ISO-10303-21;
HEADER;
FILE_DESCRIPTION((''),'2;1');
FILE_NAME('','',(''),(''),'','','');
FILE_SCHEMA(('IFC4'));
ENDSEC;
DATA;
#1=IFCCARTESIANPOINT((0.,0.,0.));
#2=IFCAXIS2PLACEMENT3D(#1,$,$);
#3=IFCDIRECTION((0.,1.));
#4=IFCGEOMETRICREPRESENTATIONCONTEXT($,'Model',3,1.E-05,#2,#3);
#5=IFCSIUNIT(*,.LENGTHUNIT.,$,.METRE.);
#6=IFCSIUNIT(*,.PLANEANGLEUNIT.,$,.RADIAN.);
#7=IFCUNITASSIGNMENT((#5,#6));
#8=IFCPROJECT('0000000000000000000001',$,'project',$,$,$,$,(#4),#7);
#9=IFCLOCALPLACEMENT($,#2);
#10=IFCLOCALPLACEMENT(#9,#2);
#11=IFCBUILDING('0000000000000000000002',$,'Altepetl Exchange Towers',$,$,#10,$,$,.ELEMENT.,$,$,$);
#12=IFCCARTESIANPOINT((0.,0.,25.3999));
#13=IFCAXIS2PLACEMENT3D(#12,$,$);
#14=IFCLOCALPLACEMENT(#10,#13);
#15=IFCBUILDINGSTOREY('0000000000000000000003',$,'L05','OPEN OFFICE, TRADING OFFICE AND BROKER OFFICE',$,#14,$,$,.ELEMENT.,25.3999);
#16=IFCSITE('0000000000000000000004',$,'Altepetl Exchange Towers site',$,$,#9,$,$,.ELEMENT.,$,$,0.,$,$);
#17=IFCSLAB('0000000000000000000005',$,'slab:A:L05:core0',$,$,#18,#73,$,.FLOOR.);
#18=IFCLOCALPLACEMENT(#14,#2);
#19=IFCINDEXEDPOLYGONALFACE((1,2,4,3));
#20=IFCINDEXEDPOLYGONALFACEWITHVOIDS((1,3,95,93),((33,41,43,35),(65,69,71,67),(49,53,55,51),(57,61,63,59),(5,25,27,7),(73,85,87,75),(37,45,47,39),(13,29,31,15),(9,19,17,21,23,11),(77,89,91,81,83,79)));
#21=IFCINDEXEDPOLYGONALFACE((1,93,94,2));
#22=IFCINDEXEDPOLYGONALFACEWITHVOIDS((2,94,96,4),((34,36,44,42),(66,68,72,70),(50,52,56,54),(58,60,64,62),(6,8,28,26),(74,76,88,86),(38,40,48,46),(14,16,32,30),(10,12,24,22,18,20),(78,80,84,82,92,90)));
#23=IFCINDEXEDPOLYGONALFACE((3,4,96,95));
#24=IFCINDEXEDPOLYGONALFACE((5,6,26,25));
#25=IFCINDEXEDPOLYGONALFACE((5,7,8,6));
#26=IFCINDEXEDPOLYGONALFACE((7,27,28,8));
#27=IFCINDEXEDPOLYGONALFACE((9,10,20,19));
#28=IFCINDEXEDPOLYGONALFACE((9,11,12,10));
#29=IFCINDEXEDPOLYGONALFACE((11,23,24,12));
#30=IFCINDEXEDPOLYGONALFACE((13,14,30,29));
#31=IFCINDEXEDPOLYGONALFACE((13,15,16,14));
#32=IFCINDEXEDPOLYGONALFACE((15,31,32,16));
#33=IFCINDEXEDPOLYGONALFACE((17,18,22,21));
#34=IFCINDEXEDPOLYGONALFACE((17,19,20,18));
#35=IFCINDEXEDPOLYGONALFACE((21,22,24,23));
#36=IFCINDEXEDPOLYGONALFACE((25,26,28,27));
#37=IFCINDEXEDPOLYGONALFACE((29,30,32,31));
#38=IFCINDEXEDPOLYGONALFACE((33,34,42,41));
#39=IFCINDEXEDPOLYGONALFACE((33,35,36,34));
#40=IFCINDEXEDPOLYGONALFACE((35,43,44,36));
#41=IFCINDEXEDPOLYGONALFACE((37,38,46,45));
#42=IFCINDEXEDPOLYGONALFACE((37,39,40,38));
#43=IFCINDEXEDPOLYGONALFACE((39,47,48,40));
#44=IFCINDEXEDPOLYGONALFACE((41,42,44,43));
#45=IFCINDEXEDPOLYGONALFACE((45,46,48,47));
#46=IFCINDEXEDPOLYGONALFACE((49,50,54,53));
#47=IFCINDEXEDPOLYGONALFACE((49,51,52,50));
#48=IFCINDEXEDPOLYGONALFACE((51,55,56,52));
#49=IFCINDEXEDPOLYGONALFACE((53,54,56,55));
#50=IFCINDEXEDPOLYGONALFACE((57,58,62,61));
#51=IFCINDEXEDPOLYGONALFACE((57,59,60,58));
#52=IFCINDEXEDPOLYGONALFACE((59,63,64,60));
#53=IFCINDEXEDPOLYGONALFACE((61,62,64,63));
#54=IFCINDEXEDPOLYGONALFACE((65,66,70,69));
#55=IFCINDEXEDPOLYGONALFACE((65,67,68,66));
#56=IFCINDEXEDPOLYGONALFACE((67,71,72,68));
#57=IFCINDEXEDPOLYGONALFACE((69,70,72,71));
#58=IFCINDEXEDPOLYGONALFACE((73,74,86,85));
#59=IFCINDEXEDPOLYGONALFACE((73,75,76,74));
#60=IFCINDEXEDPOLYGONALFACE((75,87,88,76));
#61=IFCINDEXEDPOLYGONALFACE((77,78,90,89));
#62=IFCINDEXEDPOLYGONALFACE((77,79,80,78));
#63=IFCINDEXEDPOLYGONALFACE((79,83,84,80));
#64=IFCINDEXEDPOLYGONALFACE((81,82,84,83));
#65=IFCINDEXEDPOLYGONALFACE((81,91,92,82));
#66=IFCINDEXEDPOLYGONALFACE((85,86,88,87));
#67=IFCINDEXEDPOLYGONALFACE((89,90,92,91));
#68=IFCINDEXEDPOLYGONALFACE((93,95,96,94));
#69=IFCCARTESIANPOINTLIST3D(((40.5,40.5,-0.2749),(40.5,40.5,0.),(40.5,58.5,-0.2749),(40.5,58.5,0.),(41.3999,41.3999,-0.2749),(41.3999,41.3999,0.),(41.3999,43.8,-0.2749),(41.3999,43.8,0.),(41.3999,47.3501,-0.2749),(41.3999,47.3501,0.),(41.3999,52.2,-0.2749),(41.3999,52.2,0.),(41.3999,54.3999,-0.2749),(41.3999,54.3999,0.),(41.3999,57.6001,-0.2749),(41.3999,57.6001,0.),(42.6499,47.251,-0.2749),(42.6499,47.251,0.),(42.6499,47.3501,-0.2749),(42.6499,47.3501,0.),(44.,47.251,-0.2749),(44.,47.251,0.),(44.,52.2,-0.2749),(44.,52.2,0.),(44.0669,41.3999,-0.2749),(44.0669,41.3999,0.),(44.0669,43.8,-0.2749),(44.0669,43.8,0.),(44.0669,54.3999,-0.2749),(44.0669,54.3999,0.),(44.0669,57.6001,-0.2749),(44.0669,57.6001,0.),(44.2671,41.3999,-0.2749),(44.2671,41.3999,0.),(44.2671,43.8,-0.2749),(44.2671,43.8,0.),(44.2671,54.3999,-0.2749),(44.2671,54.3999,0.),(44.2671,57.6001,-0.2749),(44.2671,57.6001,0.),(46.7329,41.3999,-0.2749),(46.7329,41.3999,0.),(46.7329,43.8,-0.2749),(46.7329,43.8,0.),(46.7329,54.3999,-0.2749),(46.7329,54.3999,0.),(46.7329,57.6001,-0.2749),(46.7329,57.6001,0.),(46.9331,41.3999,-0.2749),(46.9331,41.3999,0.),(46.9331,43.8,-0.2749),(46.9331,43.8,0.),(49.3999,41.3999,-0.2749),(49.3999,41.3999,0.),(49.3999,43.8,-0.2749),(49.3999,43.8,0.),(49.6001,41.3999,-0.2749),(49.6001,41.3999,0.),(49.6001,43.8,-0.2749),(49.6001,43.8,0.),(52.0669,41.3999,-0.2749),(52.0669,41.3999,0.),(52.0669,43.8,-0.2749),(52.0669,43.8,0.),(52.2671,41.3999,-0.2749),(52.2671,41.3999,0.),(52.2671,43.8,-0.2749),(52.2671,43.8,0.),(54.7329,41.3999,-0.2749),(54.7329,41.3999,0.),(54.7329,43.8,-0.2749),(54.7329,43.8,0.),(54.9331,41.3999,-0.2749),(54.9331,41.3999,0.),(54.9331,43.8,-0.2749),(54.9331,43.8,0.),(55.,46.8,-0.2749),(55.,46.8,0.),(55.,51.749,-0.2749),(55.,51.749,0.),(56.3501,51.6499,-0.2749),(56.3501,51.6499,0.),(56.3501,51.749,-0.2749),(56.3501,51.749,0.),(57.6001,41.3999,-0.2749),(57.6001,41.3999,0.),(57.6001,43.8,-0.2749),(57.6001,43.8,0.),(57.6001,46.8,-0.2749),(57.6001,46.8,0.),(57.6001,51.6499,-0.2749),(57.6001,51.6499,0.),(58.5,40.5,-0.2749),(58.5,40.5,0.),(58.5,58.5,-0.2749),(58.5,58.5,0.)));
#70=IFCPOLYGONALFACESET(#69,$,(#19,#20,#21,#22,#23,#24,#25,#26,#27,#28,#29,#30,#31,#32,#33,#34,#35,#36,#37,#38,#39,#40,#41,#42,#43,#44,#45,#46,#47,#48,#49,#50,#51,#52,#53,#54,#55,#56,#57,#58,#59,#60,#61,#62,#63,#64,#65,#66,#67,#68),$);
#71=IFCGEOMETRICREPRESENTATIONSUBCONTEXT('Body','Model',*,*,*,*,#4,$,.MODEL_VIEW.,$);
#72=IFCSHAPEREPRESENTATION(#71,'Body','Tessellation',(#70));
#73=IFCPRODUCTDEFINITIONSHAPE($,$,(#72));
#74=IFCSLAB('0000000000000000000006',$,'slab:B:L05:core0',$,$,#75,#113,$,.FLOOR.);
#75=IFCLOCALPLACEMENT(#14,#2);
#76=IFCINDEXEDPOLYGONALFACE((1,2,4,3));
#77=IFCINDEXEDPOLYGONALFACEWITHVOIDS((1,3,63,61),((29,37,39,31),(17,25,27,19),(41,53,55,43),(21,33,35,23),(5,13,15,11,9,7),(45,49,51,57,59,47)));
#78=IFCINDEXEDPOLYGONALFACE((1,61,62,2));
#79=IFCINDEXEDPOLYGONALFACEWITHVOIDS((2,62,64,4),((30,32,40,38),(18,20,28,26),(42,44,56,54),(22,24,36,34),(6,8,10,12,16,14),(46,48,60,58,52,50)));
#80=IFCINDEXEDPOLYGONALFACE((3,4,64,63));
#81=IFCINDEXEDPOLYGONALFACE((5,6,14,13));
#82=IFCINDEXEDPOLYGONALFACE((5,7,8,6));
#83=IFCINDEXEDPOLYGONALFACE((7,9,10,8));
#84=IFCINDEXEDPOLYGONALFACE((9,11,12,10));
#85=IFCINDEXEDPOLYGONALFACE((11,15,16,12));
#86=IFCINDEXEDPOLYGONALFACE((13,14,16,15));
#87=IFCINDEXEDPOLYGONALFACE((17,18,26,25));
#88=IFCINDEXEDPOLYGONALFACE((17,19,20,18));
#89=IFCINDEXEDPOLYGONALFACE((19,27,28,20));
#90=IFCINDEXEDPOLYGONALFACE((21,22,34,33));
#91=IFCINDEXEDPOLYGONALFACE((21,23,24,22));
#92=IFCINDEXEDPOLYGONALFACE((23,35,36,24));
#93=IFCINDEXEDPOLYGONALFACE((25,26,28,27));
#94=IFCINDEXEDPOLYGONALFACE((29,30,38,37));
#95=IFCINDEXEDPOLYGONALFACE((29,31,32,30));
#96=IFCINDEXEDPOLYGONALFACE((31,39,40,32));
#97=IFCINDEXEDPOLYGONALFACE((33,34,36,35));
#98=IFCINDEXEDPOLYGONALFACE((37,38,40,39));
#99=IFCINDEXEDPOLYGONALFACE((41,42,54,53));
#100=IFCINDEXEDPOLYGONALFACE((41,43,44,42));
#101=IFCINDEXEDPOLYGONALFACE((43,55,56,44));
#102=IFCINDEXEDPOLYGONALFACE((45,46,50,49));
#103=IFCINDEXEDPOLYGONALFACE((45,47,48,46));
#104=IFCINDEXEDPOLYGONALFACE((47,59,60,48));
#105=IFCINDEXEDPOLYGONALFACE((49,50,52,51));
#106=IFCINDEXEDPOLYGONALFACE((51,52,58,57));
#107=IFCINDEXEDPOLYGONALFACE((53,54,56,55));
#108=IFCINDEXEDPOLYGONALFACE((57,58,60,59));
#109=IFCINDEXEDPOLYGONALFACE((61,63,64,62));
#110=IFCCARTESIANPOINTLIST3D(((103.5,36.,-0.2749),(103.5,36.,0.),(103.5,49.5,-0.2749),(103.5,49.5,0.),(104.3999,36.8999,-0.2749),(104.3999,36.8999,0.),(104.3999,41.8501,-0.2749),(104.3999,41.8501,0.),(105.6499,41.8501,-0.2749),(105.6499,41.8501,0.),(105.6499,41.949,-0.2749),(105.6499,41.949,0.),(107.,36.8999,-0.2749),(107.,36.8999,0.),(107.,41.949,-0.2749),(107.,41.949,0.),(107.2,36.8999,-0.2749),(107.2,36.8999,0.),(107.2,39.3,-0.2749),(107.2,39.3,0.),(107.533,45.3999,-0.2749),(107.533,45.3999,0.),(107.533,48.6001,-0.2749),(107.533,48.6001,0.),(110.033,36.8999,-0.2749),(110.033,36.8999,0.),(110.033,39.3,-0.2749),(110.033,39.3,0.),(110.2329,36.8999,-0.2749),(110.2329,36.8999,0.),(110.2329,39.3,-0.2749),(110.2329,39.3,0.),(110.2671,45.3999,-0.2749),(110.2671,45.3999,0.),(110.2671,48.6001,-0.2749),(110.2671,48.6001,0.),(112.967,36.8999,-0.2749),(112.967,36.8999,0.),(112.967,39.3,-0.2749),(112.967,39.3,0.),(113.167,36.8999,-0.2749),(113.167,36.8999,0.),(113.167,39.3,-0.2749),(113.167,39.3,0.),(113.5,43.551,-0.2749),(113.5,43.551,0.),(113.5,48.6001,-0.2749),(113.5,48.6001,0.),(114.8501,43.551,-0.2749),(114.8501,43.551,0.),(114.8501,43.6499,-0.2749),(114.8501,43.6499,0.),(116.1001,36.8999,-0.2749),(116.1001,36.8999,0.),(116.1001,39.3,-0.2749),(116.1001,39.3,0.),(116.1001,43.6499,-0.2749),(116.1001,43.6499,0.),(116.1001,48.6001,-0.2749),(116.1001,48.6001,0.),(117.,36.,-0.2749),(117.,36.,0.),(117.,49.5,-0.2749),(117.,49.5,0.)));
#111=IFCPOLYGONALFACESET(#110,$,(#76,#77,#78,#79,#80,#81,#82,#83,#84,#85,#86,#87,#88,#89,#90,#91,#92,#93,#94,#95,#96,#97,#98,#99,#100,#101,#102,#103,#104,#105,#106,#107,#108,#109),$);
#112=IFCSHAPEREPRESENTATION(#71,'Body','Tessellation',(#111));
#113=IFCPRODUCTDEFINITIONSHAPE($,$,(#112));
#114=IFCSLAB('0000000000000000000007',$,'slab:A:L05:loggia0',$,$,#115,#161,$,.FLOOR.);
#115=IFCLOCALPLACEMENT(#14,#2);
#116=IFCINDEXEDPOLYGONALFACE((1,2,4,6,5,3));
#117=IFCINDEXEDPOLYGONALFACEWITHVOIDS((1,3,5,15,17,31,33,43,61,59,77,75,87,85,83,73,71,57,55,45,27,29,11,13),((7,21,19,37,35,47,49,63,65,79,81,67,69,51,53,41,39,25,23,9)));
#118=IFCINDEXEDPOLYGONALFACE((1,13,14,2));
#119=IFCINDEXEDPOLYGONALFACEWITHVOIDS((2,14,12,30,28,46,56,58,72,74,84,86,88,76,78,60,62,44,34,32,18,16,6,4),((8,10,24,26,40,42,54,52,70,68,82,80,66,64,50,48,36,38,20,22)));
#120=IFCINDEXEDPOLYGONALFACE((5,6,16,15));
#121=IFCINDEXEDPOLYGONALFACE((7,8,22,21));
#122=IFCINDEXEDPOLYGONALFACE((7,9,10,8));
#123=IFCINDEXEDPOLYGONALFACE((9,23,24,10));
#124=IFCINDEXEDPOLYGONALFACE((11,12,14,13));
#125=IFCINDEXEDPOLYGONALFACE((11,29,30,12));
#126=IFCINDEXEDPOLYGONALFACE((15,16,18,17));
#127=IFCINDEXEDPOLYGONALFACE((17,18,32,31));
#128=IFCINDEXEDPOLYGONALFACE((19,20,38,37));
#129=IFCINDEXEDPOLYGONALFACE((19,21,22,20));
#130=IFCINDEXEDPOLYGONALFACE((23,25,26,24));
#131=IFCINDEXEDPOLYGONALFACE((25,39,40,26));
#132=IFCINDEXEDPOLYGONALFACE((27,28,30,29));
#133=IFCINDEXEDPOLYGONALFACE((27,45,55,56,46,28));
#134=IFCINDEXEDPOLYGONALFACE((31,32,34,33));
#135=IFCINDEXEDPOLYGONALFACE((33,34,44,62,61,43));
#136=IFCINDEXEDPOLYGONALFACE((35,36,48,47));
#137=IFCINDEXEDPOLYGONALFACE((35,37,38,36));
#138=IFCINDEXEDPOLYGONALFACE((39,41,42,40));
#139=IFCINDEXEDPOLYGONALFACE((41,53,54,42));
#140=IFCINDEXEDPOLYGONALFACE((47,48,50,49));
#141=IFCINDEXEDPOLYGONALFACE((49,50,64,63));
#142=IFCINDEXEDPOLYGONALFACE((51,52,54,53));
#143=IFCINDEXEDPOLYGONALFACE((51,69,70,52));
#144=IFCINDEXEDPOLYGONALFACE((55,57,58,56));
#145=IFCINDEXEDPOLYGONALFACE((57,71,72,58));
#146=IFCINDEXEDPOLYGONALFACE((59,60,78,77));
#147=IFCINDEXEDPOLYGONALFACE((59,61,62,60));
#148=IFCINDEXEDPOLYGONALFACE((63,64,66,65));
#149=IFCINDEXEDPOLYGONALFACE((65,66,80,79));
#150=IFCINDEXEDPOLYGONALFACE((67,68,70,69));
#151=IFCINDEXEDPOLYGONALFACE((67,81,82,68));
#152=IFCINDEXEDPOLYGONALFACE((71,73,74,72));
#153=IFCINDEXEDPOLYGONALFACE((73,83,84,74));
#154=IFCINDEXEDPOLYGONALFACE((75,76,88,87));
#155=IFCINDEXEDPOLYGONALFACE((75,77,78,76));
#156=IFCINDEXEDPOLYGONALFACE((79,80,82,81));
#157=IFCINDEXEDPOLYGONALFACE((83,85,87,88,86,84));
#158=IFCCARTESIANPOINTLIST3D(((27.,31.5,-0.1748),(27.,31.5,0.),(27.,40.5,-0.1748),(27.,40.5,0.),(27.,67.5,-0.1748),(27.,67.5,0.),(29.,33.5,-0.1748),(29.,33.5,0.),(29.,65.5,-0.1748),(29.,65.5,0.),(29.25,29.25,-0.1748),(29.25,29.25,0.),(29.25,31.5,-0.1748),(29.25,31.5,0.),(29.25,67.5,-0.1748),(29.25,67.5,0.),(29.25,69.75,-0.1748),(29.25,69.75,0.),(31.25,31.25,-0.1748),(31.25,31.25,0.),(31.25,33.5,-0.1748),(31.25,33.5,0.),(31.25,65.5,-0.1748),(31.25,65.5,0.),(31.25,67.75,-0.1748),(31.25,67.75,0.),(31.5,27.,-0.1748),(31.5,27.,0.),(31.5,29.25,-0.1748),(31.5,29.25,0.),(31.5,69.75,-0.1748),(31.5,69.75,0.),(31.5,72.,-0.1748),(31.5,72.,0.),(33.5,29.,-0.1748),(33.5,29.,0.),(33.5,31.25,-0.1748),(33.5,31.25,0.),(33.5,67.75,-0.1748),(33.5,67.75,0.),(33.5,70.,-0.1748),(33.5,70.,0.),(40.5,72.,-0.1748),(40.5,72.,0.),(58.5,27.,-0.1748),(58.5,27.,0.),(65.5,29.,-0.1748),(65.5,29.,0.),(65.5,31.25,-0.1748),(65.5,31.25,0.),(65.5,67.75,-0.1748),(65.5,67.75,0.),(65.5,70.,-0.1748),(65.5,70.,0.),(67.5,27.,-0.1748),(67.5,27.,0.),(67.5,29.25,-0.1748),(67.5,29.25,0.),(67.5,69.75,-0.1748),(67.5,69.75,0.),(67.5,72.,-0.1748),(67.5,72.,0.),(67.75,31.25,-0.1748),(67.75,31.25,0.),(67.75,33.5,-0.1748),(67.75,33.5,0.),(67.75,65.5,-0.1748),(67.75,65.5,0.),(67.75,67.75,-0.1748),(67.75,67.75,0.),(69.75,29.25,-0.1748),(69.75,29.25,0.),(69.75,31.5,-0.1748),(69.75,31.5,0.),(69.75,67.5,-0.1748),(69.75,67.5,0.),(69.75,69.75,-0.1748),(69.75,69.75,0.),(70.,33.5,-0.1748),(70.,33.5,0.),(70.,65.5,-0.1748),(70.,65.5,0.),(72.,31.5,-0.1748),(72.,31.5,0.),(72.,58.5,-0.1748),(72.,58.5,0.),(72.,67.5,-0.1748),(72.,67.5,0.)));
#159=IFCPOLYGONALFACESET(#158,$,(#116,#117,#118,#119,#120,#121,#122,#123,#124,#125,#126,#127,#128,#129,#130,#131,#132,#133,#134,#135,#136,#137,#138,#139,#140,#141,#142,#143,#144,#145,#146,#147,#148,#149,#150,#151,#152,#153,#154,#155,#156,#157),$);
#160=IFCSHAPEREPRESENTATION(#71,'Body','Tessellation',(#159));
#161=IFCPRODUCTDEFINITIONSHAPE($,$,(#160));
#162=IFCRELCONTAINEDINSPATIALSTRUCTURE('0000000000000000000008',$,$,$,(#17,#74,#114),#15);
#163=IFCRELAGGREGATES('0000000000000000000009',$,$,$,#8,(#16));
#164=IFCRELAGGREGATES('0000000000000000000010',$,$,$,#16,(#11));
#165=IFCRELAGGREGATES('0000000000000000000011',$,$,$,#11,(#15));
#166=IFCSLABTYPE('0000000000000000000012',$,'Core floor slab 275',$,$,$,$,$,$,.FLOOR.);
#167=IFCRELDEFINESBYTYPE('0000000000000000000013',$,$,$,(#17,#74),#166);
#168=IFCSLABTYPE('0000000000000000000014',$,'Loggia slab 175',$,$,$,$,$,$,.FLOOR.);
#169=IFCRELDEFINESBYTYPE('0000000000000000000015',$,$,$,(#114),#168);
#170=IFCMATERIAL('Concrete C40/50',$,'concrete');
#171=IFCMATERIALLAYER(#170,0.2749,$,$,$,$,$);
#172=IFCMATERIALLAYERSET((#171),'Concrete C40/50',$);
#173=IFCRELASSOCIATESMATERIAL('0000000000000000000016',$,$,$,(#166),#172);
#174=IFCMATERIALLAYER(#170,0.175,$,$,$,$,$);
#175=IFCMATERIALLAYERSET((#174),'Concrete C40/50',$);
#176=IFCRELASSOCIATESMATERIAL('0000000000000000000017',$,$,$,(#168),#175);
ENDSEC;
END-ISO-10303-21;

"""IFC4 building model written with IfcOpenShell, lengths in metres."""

from ifc_helpers import new_model, si_unit, direction, frame, origin, place, context, subcontext, project, spatial, polyline, outline, extrude, material, layer, layer_set, type_object, element, save


model = new_model("IFC4")

# Units and contexts
model_context = context("Model", 3, precision=1e-05, world=origin(), true_north=direction((0.0, 1.0)))
body_context = subcontext(model_context, "Body", "Model", "MODEL_VIEW")
ifc_project = project(units=[si_unit("LENGTHUNIT", "METRE"), si_unit("PLANEANGLEUNIT", "RADIAN")], contexts=[model_context])

# Site, building, storey
site_placement = place(None, origin())
site = spatial("IfcSite", under=ifc_project, at=site_placement, Name="Altepetl Exchange Towers site", CompositionType="ELEMENT", RefElevation=0.0)
building_placement = place(site_placement, origin())
building = spatial("IfcBuilding", under=site, at=building_placement, Name="Altepetl Exchange Towers", CompositionType="ELEMENT")
storey_placement = place(building_placement, frame((0.0, 0.0, 25.3999)))
storey = spatial("IfcBuildingStorey", under=building, at=storey_placement, Name="L05", Description="OPEN OFFICE, TRADING OFFICE AND BROKER OFFICE", CompositionType="ELEMENT", Elevation=25.3999)

# Slabs
ifc_material_1 = material(Name="Concrete C40/50", Category="concrete")
ifc_layer_1 = layer(ifc_material_1, 0.2749)
ifc_layer_set_1 = layer_set([ifc_layer_1], Name="Concrete C40/50")
slab_type_1 = type_object("IfcSlabType", Name="Core floor slab 275", PredefinedType="FLOOR", material=ifc_layer_set_1)
slab_1_placement = place(storey_placement, frame((0.0, 0.0, -0.2749)))
element("IfcSlab", 1, at=slab_1_placement, inside=storey, type_object=slab_type_1, Name="slab:A:L05:core0", PredefinedType="FLOOR", context=body_context, shape_type="SweptSolid", body=[
    extrude(outline(polyline([(40.5, 40.5), (58.5, 40.5), (58.5, 58.5), (40.5, 58.5), (40.5, 40.5)]), holes=[polyline([(41.3999, 43.8), (44.0669, 43.8), (44.0669, 41.3999), (41.3999, 41.3999), (41.3999, 43.8)]), polyline([(44.2671, 43.8), (46.7329, 43.8), (46.7329, 41.3999), (44.2671, 41.3999), (44.2671, 43.8)]), polyline([(46.9331, 43.8), (49.3999, 43.8), (49.3999, 41.3999), (46.9331, 41.3999), (46.9331, 43.8)]), polyline([(52.0669, 43.8), (52.0669, 41.3999), (49.6001, 41.3999), (49.6001, 43.8), (52.0669, 43.8)]), polyline([(54.7329, 43.8), (54.7329, 41.3999), (52.2671, 41.3999), (52.2671, 43.8), (54.7329, 43.8)]), polyline([(54.9331, 43.8), (57.6001, 43.8), (57.6001, 41.3999), (54.9331, 41.3999), (54.9331, 43.8)]), polyline([(55.0, 51.749), (56.3501, 51.749), (56.3501, 51.6499), (57.6001, 51.6499), (57.6001, 46.8), (55.0, 46.8), (55.0, 51.749)]), polyline([(44.0, 47.251), (42.6499, 47.251), (42.6499, 47.3501), (41.3999, 47.3501), (41.3999, 52.2), (44.0, 52.2), (44.0, 47.251)]), polyline([(44.0669, 57.6001), (44.0669, 54.3999), (41.3999, 54.3999), (41.3999, 57.6001), (44.0669, 57.6001)]), polyline([(46.7329, 57.6001), (46.7329, 54.3999), (44.2671, 54.3999), (44.2671, 57.6001), (46.7329, 57.6001)])]), origin(), (0.0, 0.0, 1.0), 0.2749),
])
slab_2_placement = place(storey_placement, frame((0.0, 0.0, -0.2749)))
element("IfcSlab", 2, at=slab_2_placement, inside=storey, type_object=slab_type_1, Name="slab:B:L05:core0", PredefinedType="FLOOR", context=body_context, shape_type="SweptSolid", body=[
    extrude(outline(polyline([(103.5, 36.0), (117.0, 36.0), (117.0, 49.5), (103.5, 49.5), (103.5, 36.0)]), holes=[polyline([(107.2, 36.8999), (107.2, 39.3), (110.033, 39.3), (110.033, 36.8999), (107.2, 36.8999)]), polyline([(110.2329, 39.3), (112.967, 39.3), (112.967, 36.8999), (110.2329, 36.8999), (110.2329, 39.3)]), polyline([(113.167, 39.3), (116.1001, 39.3), (116.1001, 36.8999), (113.167, 36.8999), (113.167, 39.3)]), polyline([(107.0, 36.8999), (104.3999, 36.8999), (104.3999, 41.8501), (105.6499, 41.8501), (105.6499, 41.949), (107.0, 41.949), (107.0, 36.8999)]), polyline([(116.1001, 48.6001), (116.1001, 43.6499), (114.8501, 43.6499), (114.8501, 43.551), (113.5, 43.551), (113.5, 48.6001), (116.1001, 48.6001)]), polyline([(107.533, 48.6001), (110.2671, 48.6001), (110.2671, 45.3999), (107.533, 45.3999), (107.533, 48.6001)])]), origin(), (0.0, 0.0, 1.0), 0.2749),
])
ifc_layer_2 = layer(ifc_material_1, 0.175)
ifc_layer_set_2 = layer_set([ifc_layer_2], Name="Concrete C40/50")
slab_type_2 = type_object("IfcSlabType", Name="Loggia slab 175", PredefinedType="FLOOR", material=ifc_layer_set_2)
slab_3_placement = place(storey_placement, frame((0.0, 0.0, -0.1748)))
element("IfcSlab", 3, at=slab_3_placement, inside=storey, type_object=slab_type_2, Name="slab:A:L05:loggia0", PredefinedType="FLOOR", context=body_context, shape_type="SweptSolid", body=[
    extrude(outline(polyline([(29.25, 67.5), (27.0, 67.5), (27.0, 40.5), (27.0, 31.5), (29.25, 31.5), (29.25, 29.25), (31.5, 29.25), (31.5, 27.0), (58.5, 27.0), (67.5, 27.0), (67.5, 29.25), (69.75, 29.25), (69.75, 31.5), (72.0, 31.5), (72.0, 58.5), (72.0, 67.5), (69.75, 67.5), (69.75, 69.75), (67.5, 69.75), (67.5, 72.0), (40.5, 72.0), (31.5, 72.0), (31.5, 69.75), (29.25, 69.75), (29.25, 67.5)]), holes=[polyline([(29.0, 65.5), (31.25, 65.5), (31.25, 67.75), (33.5, 67.75), (33.5, 70.0), (65.5, 70.0), (65.5, 67.75), (67.75, 67.75), (67.75, 65.5), (70.0, 65.5), (70.0, 33.5), (67.75, 33.5), (67.75, 31.25), (65.5, 31.25), (65.5, 29.0), (33.5, 29.0), (33.5, 31.25), (31.25, 31.25), (31.25, 33.5), (29.0, 33.5), (29.0, 65.5)])]), origin(), (0.0, 0.0, 1.0), 0.1748),
])

save(model, "model.ifc")
